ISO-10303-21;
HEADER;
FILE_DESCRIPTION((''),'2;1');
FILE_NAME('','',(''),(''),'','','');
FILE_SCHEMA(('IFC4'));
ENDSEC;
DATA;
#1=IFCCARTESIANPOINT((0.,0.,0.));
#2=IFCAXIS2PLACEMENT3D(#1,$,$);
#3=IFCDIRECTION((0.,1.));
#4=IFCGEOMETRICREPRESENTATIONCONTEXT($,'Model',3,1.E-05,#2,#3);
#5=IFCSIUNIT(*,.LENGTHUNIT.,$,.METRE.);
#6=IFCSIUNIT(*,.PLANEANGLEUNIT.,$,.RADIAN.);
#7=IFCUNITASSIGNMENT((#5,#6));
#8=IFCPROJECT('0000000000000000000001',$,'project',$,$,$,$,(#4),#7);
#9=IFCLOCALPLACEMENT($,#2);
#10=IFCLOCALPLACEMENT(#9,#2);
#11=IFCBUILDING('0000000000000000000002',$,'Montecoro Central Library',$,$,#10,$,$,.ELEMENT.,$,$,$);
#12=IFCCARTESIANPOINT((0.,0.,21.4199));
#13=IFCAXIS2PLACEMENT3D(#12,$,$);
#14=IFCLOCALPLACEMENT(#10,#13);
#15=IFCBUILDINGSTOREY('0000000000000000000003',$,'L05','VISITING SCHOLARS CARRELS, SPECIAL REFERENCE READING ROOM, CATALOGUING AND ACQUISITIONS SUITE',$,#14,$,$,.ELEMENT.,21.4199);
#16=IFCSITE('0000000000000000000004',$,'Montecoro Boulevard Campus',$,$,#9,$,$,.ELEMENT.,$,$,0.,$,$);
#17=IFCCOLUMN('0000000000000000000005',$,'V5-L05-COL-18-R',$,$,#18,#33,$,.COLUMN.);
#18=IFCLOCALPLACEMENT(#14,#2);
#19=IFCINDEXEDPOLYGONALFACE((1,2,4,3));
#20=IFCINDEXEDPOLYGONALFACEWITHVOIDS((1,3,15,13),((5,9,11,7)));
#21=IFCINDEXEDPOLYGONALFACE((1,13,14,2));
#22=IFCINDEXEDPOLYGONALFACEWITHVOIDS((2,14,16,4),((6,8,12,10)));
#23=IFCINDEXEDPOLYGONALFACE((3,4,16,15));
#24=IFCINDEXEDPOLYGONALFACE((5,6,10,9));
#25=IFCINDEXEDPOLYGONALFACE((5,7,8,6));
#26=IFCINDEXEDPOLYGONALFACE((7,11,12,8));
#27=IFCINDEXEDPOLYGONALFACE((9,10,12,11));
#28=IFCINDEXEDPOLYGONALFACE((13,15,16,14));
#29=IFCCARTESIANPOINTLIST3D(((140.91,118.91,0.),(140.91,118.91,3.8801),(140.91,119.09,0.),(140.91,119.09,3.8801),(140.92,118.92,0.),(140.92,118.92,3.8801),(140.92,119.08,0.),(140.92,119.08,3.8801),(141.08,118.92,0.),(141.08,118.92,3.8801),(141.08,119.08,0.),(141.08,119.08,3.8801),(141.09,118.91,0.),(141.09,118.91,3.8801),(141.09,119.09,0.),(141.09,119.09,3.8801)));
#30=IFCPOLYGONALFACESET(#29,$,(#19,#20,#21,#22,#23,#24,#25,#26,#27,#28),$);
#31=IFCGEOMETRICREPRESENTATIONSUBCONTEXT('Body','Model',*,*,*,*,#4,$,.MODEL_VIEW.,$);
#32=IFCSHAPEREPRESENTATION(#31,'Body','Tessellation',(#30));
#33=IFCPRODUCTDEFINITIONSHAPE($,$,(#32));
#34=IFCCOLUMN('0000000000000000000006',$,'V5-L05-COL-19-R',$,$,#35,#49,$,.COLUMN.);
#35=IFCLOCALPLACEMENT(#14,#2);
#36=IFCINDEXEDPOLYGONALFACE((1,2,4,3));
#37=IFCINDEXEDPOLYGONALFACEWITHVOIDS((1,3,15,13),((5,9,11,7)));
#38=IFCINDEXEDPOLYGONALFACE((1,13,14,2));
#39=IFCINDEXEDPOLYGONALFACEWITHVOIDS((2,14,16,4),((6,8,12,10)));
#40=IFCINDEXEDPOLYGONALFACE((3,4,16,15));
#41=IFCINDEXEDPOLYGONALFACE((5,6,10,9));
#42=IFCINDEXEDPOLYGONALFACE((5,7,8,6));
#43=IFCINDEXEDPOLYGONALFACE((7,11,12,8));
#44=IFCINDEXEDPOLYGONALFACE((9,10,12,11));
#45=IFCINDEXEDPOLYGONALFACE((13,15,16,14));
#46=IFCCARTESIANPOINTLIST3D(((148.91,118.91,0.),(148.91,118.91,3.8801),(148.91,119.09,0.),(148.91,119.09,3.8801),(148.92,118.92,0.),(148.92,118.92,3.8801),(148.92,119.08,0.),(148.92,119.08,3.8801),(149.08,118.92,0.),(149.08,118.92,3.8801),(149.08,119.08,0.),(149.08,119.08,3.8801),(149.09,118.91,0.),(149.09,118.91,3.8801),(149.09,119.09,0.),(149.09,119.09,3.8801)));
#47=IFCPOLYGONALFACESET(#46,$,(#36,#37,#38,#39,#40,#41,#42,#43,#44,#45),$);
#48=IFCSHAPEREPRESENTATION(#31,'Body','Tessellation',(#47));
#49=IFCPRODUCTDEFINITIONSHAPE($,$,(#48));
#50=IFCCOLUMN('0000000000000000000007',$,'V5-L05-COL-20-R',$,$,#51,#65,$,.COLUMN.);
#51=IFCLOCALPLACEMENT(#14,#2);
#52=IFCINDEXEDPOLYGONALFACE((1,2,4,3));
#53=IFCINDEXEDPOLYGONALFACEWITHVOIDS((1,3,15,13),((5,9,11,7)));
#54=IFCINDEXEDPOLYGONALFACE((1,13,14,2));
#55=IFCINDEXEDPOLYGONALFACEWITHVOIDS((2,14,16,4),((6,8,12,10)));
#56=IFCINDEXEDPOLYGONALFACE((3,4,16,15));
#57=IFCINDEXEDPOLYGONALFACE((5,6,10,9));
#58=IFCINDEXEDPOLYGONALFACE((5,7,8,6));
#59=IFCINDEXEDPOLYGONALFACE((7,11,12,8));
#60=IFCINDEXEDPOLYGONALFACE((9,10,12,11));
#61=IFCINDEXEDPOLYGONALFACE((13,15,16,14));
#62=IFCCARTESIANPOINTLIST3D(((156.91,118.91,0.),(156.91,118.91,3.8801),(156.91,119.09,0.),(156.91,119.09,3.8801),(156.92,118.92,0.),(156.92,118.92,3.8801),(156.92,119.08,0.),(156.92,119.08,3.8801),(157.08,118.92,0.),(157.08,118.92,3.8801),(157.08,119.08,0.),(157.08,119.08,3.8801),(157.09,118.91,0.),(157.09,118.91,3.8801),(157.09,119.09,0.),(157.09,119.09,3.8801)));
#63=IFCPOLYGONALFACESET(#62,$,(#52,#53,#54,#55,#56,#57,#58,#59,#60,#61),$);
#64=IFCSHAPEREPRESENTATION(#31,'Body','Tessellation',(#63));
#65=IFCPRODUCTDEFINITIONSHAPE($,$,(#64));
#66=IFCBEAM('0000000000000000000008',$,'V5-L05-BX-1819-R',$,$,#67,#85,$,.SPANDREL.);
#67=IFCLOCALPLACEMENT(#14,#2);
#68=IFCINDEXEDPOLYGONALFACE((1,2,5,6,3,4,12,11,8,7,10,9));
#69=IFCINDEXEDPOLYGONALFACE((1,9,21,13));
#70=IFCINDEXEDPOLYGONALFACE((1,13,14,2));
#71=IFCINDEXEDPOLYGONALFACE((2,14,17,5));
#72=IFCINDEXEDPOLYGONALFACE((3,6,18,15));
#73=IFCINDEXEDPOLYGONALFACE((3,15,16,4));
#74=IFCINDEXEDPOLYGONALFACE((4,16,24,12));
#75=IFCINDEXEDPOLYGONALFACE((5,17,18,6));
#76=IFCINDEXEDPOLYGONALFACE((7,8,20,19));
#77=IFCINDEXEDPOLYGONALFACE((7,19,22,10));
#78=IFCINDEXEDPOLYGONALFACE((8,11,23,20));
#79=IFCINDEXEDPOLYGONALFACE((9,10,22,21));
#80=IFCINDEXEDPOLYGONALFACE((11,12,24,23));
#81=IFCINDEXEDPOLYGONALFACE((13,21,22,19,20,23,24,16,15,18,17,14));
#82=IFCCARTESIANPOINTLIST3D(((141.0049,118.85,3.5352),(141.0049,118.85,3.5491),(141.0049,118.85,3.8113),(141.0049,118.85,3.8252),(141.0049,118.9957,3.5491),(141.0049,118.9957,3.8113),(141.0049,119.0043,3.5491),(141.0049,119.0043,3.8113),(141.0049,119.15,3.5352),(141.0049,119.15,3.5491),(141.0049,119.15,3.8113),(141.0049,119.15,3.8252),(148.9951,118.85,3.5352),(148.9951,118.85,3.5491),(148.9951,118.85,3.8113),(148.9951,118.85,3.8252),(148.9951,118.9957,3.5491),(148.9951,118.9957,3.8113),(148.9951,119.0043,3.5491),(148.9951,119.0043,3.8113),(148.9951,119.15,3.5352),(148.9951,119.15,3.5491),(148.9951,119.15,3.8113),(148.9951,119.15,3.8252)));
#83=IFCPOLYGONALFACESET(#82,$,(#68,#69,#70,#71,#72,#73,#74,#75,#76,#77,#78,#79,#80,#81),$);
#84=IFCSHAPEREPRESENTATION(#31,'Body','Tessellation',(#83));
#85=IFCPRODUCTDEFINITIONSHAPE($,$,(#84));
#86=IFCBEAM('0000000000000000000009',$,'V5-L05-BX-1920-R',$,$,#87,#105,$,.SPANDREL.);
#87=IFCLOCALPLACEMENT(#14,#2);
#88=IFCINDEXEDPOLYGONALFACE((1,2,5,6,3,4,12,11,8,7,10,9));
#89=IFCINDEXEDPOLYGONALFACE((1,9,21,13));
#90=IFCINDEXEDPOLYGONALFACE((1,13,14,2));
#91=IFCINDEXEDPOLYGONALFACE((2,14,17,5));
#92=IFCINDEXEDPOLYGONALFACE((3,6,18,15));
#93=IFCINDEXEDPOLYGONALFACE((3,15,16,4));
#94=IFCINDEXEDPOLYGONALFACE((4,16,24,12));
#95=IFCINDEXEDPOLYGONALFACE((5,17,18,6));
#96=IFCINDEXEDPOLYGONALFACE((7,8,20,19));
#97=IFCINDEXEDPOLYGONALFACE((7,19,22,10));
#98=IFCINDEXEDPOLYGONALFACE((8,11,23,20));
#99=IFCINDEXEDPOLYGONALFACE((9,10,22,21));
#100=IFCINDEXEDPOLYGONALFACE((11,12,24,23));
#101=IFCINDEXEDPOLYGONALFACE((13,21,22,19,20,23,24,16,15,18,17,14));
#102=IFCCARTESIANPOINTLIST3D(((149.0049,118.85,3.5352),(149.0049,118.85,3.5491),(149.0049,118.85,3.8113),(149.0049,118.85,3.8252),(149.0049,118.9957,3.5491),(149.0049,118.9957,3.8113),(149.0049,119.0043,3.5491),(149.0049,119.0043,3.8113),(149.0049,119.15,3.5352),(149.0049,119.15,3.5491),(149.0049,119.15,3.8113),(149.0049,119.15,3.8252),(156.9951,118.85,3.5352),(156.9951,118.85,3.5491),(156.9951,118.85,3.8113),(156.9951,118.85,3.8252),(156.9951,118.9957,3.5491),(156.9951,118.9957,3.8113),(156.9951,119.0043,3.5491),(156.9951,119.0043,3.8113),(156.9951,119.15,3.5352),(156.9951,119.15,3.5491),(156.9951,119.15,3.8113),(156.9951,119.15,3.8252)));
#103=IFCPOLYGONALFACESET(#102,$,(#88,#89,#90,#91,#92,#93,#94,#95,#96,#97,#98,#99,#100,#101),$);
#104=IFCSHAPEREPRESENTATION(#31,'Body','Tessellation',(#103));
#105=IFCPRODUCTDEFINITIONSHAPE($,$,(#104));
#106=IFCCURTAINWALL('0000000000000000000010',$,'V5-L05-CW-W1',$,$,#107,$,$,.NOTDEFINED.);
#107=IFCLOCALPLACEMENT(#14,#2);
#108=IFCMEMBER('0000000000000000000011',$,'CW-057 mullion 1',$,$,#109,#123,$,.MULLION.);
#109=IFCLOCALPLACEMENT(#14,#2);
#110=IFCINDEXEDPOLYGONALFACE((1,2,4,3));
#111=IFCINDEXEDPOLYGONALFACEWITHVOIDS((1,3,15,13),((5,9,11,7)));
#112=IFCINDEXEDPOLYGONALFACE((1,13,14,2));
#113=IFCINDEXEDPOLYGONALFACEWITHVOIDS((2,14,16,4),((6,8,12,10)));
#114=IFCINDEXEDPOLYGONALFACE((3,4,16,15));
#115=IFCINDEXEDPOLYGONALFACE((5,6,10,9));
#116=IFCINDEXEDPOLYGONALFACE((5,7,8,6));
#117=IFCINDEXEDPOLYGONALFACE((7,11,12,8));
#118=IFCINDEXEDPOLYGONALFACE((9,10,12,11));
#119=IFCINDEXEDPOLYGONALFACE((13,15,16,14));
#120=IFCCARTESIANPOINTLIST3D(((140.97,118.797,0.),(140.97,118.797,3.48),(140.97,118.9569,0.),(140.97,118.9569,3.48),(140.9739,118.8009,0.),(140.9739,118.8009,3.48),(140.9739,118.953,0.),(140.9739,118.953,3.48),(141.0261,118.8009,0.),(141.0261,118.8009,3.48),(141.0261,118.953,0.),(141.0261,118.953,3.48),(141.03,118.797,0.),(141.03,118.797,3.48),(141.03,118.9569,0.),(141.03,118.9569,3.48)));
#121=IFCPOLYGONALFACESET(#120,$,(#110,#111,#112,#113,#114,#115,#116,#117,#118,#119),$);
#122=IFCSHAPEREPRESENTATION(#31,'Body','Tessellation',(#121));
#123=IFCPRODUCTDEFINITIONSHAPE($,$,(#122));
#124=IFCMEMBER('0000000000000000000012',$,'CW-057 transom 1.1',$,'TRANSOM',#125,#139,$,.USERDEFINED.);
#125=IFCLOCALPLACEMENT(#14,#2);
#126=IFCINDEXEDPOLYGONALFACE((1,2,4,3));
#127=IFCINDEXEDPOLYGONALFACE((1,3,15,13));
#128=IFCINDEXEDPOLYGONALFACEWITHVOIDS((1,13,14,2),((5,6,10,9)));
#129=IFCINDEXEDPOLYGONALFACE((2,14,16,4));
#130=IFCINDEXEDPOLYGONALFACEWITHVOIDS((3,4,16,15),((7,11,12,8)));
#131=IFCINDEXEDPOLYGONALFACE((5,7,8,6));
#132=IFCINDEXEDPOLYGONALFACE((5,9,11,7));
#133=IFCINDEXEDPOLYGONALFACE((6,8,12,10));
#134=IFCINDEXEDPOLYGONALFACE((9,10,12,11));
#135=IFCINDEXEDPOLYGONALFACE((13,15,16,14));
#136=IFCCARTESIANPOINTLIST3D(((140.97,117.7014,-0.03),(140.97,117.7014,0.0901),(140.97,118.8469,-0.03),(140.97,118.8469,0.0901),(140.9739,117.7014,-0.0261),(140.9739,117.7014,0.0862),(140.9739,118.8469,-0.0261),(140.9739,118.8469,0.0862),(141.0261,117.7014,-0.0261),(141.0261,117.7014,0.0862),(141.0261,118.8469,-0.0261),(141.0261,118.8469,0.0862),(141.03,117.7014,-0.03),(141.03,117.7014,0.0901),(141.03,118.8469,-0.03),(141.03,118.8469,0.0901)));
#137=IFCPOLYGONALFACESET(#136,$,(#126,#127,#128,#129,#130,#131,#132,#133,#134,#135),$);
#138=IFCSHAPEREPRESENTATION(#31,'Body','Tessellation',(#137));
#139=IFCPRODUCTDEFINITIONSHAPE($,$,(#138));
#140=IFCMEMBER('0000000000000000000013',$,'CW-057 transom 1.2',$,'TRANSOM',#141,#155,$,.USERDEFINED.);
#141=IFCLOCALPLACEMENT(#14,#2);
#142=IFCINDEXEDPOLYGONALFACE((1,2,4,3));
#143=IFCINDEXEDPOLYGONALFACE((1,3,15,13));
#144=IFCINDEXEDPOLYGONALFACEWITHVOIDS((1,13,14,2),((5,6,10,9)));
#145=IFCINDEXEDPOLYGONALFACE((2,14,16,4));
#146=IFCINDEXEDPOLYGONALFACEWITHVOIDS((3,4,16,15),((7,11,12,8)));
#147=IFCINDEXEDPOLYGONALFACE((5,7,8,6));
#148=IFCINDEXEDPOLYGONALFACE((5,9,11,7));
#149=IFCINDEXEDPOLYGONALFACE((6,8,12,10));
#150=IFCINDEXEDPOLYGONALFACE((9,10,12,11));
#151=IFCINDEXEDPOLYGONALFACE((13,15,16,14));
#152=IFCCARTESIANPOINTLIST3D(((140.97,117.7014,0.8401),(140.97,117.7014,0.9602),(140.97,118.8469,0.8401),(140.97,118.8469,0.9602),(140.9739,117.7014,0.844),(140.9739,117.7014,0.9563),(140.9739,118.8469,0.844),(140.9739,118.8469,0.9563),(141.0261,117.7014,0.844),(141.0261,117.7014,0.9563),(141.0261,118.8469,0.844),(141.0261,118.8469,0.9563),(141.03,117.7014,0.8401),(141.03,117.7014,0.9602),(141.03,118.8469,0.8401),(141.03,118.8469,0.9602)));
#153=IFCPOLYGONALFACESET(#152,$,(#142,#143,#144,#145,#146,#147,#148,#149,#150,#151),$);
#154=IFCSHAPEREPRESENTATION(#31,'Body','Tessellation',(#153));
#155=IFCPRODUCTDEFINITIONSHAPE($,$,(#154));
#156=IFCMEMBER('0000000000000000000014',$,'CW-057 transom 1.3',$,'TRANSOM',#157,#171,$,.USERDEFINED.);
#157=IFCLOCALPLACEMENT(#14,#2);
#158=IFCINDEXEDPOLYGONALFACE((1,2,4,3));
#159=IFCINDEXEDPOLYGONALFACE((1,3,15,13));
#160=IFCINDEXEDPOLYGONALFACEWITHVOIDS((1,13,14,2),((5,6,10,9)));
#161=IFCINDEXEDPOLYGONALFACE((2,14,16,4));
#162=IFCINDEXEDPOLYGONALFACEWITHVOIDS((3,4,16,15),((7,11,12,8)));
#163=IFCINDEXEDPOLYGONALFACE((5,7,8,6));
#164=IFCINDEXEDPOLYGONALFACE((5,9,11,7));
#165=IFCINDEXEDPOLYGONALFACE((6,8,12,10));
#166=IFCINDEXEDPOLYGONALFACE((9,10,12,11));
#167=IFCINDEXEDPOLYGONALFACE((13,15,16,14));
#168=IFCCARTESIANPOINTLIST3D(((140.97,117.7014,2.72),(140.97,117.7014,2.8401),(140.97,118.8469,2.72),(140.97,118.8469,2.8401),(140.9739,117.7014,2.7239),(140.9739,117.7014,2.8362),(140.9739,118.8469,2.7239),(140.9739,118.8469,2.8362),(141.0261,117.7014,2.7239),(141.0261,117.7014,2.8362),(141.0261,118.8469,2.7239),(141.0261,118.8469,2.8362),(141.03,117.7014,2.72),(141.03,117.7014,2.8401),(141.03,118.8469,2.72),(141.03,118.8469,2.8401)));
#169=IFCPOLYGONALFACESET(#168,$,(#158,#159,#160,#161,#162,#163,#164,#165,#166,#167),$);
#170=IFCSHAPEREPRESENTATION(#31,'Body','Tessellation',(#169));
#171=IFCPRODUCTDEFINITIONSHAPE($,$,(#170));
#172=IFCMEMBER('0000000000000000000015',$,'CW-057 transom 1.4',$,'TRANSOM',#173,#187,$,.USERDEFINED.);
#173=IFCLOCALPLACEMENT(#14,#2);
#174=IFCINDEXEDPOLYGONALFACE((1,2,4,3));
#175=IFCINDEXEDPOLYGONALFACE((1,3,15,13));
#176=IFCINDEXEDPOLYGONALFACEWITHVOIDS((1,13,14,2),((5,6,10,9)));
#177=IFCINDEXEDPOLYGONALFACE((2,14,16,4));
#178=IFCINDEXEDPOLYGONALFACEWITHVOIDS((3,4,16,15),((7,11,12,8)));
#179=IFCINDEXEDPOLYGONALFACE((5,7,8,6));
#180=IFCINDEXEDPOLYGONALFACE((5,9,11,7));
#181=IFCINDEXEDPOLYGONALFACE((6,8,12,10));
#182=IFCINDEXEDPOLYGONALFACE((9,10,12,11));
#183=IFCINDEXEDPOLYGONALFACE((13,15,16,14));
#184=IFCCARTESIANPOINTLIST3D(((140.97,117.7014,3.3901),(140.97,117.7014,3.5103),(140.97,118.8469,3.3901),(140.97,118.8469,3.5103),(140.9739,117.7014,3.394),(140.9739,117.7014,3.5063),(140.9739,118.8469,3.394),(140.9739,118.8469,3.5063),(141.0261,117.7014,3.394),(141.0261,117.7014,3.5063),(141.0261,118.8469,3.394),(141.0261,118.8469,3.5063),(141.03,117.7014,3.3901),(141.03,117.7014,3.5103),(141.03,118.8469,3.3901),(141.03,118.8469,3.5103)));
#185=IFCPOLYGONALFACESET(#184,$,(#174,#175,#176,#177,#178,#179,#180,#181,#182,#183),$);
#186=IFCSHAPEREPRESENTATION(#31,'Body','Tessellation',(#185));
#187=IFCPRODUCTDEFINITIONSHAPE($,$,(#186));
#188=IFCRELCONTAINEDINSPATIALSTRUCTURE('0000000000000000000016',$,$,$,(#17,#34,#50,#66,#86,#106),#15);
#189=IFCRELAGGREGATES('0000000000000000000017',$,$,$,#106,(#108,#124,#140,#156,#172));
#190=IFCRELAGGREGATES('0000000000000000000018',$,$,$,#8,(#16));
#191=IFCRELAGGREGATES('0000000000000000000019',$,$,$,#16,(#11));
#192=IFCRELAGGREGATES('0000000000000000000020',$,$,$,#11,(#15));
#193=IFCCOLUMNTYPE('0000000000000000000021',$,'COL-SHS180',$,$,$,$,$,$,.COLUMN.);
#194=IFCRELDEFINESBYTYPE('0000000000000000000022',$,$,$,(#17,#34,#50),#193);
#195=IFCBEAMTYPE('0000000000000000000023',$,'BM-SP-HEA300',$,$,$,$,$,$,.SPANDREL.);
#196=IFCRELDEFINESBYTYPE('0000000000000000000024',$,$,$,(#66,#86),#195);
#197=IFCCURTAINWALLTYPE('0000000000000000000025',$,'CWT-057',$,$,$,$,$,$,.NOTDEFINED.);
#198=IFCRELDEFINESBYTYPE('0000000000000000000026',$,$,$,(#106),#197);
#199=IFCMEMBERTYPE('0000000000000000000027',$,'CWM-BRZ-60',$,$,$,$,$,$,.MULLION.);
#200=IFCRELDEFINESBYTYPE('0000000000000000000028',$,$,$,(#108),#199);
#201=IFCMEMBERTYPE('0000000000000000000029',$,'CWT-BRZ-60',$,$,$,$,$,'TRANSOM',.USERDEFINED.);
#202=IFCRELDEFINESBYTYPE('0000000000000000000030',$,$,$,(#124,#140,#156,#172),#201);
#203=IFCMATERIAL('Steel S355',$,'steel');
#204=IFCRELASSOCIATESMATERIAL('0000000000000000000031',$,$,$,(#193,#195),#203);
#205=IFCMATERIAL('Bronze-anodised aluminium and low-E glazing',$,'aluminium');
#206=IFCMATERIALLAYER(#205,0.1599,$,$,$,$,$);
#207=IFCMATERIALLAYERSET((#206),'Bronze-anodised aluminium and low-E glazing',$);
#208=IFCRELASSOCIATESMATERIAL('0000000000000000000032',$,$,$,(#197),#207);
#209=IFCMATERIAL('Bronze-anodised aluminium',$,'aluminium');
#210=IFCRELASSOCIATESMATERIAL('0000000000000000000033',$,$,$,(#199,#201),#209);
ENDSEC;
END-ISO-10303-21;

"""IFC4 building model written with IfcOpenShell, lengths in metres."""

from ifc_helpers import new_model, si_unit, direction, frame, origin, origin_2d, place, context, subcontext, project, spatial, hollow_rectangle, i_section, extrude, material, layer, layer_set, material_profile, profile_set, type_object, element, aggregate, save


model = new_model("IFC4")

# Units and contexts
model_context = context("Model", 3, precision=1e-05, world=origin(), true_north=direction((0.0, 1.0)))
body_context = subcontext(model_context, "Body", "Model", "MODEL_VIEW")
ifc_project = project(units=[si_unit("LENGTHUNIT", "METRE"), si_unit("PLANEANGLEUNIT", "RADIAN")], contexts=[model_context])

# Site, building, storey
site_placement = place(None, origin())
site = spatial("IfcSite", under=ifc_project, at=site_placement, Name="Montecoro Boulevard Campus", CompositionType="ELEMENT", RefElevation=0.0)
building_placement = place(site_placement, origin())
building = spatial("IfcBuilding", under=site, at=building_placement, Name="Montecoro Central Library", CompositionType="ELEMENT")
storey_placement = place(building_placement, frame((0.0, 0.0, 21.4199)))
storey = spatial("IfcBuildingStorey", under=building, at=storey_placement, Name="L05", Description="VISITING SCHOLARS CARRELS, SPECIAL REFERENCE READING ROOM, CATALOGUING AND ACQUISITIONS SUITE", CompositionType="ELEMENT", Elevation=21.4199)

# Columns
ifc_material_1 = material(Name="Steel S355", Category="steel")
ifc_material_profile_1 = material_profile(ifc_material_1, hollow_rectangle(XDim=0.1799, YDim=0.1799, WallThickness=0.01, at=origin_2d()), Name="SHS 180x180x10.0")
ifc_profile_set_1 = profile_set([ifc_material_profile_1], Name="Steel S355")
column_type = type_object("IfcColumnType", Name="COL-SHS180", PredefinedType="COLUMN", material=ifc_profile_set_1)
for number, where, z_axis, x_axis, name in (
    (1, (141.0, 119.0, 0.0), (0.0, 0.0, 1.0), (1.0, 0.0, 0.0), "V5-L05-COL-18-R"),
    (2, (149.0, 119.0, 0.0), (0.0, 0.0, 1.0), (1.0, 0.0, 0.0), "V5-L05-COL-19-R"),
    (3, (157.0, 119.0, 0.0), (0.0, 0.0, 1.0), (1.0, 0.0, 0.0), "V5-L05-COL-20-R"),
):
    element("IfcColumn", number, at=place(storey_placement, frame(where, z_axis=z_axis, x_axis=x_axis)), inside=storey, type_object=column_type, Name=name, PredefinedType="COLUMN", context=body_context, shape_type="SweptSolid", body=[
        extrude(hollow_rectangle(XDim=0.1799, YDim=0.1799, WallThickness=0.01, at=origin_2d()), origin(), (0.0, 0.0, 1.0), 3.8801),
    ])

# Beams
ifc_material_profile_2 = material_profile(ifc_material_1, i_section(OverallWidth=0.3, OverallDepth=0.29, WebThickness=0.0085, FlangeThickness=0.0139, at=origin_2d()), Name="HEA 300")
ifc_profile_set_2 = profile_set([ifc_material_profile_2], Name="Steel S355")
beam_type = type_object("IfcBeamType", Name="BM-SP-HEA300", PredefinedType="SPANDREL", material=ifc_profile_set_2)
for number, where, z_axis, x_axis, name in (
    (4, (141.0049, 119.0, 3.6802), (1.0, 0.0, 0.0), (0.0, 1.0, 0.0), "V5-L05-BX-1819-R"),
    (5, (149.0049, 119.0, 3.6802), (1.0, 0.0, 0.0), (0.0, 1.0, 0.0), "V5-L05-BX-1920-R"),
):
    element("IfcBeam", number, at=place(storey_placement, frame(where, z_axis=z_axis, x_axis=x_axis)), inside=storey, type_object=beam_type, Name=name, PredefinedType="SPANDREL", context=body_context, shape_type="SweptSolid", body=[
        extrude(i_section(OverallWidth=0.3, OverallDepth=0.29, WebThickness=0.0085, FlangeThickness=0.0139, at=origin_2d()), origin(), (0.0, 0.0, 1.0), 7.9902),
    ])

# Curtain wall, members
ifc_material_2 = material(Name="Bronze-anodised aluminium and low-E glazing", Category="aluminium")
ifc_layer_1 = layer(ifc_material_2, 0.1599)
ifc_layer_set_1 = layer_set([ifc_layer_1], Name="Bronze-anodised aluminium and low-E glazing")
curtain_wall_type = type_object("IfcCurtainWallType", Name="CWT-057", PredefinedType="NOTDEFINED", material=ifc_layer_set_1)
curtain_wall_placement = place(storey_placement, origin())
curtain_wall = element("IfcCurtainWall", 6, at=curtain_wall_placement, inside=storey, type_object=curtain_wall_type, Name="V5-L05-CW-W1", PredefinedType="NOTDEFINED")
ifc_material_3 = material(Name="Bronze-anodised aluminium", Category="aluminium")
ifc_material_profile_3 = material_profile(ifc_material_3, hollow_rectangle(XDim=0.0601, YDim=0.1599, WallThickness=0.0039, at=origin_2d()), Name="CWM 160x60x4.0")
ifc_profile_set_3 = profile_set([ifc_material_profile_3], Name="Bronze-anodised aluminium")
member_type_1 = type_object("IfcMemberType", Name="CWM-BRZ-60", PredefinedType="MULLION", material=ifc_profile_set_3)
member_1_placement = place(storey_placement, frame((141.0, 118.877, 0.0), z_axis=(0.0, 0.0, 1.0), x_axis=(1.0, 0.0, 0.0)))
member_1 = element("IfcMember", 7, at=member_1_placement, type_object=member_type_1, Name="CW-057 mullion 1", PredefinedType="MULLION", context=body_context, shape_type="SweptSolid", body=[
    extrude(hollow_rectangle(XDim=0.0601, YDim=0.1599, WallThickness=0.0039, at=origin_2d()), origin(), (0.0, 0.0, 1.0), 3.48),
])
ifc_material_profile_4 = material_profile(ifc_material_3, hollow_rectangle(XDim=0.0601, YDim=0.1201, WallThickness=0.0039, at=origin_2d()), Name="CWT 120x60x4.0")
ifc_profile_set_4 = profile_set([ifc_material_profile_4], Name="Bronze-anodised aluminium")
member_type_2 = type_object("IfcMemberType", Name="CWT-BRZ-60", ElementType="TRANSOM", PredefinedType="USERDEFINED", material=ifc_profile_set_4)
member_2_placement = place(storey_placement, frame((141.0, 118.8469, 0.03), z_axis=(0.0, -1.0, 0.0), x_axis=(1.0, 0.0, 0.0)))
member_2 = element("IfcMember", 8, at=member_2_placement, type_object=member_type_2, Name="CW-057 transom 1.1", ObjectType="TRANSOM", PredefinedType="USERDEFINED", context=body_context, shape_type="SweptSolid", body=[
    extrude(hollow_rectangle(XDim=0.0601, YDim=0.1201, WallThickness=0.0039, at=origin_2d()), origin(), (0.0, 0.0, 1.0), 1.1455),
])
member_3_placement = place(storey_placement, frame((141.0, 118.8469, 0.9001), z_axis=(0.0, -1.0, 0.0), x_axis=(1.0, 0.0, 0.0)))
member_3 = element("IfcMember", 9, at=member_3_placement, type_object=member_type_2, Name="CW-057 transom 1.2", ObjectType="TRANSOM", PredefinedType="USERDEFINED", context=body_context, shape_type="SweptSolid", body=[
    extrude(hollow_rectangle(XDim=0.0601, YDim=0.1201, WallThickness=0.0039, at=origin_2d()), origin(), (0.0, 0.0, 1.0), 1.1455),
])
member_4_placement = place(storey_placement, frame((141.0, 118.8469, 2.78), z_axis=(0.0, -1.0, 0.0), x_axis=(1.0, 0.0, 0.0)))
member_4 = element("IfcMember", 10, at=member_4_placement, type_object=member_type_2, Name="CW-057 transom 1.3", ObjectType="TRANSOM", PredefinedType="USERDEFINED", context=body_context, shape_type="SweptSolid", body=[
    extrude(hollow_rectangle(XDim=0.0601, YDim=0.1201, WallThickness=0.0039, at=origin_2d()), origin(), (0.0, 0.0, 1.0), 1.1455),
])
member_5_placement = place(storey_placement, frame((141.0, 118.8469, 3.4502), z_axis=(0.0, -1.0, 0.0), x_axis=(1.0, 0.0, 0.0)))
member_5 = element("IfcMember", 11, at=member_5_placement, type_object=member_type_2, Name="CW-057 transom 1.4", ObjectType="TRANSOM", PredefinedType="USERDEFINED", context=body_context, shape_type="SweptSolid", body=[
    extrude(hollow_rectangle(XDim=0.0601, YDim=0.1201, WallThickness=0.0039, at=origin_2d()), origin(), (0.0, 0.0, 1.0), 1.1455),
])

aggregate(curtain_wall, [member_1, member_2, member_3, member_4, member_5])

save(model, "model.ifc")
